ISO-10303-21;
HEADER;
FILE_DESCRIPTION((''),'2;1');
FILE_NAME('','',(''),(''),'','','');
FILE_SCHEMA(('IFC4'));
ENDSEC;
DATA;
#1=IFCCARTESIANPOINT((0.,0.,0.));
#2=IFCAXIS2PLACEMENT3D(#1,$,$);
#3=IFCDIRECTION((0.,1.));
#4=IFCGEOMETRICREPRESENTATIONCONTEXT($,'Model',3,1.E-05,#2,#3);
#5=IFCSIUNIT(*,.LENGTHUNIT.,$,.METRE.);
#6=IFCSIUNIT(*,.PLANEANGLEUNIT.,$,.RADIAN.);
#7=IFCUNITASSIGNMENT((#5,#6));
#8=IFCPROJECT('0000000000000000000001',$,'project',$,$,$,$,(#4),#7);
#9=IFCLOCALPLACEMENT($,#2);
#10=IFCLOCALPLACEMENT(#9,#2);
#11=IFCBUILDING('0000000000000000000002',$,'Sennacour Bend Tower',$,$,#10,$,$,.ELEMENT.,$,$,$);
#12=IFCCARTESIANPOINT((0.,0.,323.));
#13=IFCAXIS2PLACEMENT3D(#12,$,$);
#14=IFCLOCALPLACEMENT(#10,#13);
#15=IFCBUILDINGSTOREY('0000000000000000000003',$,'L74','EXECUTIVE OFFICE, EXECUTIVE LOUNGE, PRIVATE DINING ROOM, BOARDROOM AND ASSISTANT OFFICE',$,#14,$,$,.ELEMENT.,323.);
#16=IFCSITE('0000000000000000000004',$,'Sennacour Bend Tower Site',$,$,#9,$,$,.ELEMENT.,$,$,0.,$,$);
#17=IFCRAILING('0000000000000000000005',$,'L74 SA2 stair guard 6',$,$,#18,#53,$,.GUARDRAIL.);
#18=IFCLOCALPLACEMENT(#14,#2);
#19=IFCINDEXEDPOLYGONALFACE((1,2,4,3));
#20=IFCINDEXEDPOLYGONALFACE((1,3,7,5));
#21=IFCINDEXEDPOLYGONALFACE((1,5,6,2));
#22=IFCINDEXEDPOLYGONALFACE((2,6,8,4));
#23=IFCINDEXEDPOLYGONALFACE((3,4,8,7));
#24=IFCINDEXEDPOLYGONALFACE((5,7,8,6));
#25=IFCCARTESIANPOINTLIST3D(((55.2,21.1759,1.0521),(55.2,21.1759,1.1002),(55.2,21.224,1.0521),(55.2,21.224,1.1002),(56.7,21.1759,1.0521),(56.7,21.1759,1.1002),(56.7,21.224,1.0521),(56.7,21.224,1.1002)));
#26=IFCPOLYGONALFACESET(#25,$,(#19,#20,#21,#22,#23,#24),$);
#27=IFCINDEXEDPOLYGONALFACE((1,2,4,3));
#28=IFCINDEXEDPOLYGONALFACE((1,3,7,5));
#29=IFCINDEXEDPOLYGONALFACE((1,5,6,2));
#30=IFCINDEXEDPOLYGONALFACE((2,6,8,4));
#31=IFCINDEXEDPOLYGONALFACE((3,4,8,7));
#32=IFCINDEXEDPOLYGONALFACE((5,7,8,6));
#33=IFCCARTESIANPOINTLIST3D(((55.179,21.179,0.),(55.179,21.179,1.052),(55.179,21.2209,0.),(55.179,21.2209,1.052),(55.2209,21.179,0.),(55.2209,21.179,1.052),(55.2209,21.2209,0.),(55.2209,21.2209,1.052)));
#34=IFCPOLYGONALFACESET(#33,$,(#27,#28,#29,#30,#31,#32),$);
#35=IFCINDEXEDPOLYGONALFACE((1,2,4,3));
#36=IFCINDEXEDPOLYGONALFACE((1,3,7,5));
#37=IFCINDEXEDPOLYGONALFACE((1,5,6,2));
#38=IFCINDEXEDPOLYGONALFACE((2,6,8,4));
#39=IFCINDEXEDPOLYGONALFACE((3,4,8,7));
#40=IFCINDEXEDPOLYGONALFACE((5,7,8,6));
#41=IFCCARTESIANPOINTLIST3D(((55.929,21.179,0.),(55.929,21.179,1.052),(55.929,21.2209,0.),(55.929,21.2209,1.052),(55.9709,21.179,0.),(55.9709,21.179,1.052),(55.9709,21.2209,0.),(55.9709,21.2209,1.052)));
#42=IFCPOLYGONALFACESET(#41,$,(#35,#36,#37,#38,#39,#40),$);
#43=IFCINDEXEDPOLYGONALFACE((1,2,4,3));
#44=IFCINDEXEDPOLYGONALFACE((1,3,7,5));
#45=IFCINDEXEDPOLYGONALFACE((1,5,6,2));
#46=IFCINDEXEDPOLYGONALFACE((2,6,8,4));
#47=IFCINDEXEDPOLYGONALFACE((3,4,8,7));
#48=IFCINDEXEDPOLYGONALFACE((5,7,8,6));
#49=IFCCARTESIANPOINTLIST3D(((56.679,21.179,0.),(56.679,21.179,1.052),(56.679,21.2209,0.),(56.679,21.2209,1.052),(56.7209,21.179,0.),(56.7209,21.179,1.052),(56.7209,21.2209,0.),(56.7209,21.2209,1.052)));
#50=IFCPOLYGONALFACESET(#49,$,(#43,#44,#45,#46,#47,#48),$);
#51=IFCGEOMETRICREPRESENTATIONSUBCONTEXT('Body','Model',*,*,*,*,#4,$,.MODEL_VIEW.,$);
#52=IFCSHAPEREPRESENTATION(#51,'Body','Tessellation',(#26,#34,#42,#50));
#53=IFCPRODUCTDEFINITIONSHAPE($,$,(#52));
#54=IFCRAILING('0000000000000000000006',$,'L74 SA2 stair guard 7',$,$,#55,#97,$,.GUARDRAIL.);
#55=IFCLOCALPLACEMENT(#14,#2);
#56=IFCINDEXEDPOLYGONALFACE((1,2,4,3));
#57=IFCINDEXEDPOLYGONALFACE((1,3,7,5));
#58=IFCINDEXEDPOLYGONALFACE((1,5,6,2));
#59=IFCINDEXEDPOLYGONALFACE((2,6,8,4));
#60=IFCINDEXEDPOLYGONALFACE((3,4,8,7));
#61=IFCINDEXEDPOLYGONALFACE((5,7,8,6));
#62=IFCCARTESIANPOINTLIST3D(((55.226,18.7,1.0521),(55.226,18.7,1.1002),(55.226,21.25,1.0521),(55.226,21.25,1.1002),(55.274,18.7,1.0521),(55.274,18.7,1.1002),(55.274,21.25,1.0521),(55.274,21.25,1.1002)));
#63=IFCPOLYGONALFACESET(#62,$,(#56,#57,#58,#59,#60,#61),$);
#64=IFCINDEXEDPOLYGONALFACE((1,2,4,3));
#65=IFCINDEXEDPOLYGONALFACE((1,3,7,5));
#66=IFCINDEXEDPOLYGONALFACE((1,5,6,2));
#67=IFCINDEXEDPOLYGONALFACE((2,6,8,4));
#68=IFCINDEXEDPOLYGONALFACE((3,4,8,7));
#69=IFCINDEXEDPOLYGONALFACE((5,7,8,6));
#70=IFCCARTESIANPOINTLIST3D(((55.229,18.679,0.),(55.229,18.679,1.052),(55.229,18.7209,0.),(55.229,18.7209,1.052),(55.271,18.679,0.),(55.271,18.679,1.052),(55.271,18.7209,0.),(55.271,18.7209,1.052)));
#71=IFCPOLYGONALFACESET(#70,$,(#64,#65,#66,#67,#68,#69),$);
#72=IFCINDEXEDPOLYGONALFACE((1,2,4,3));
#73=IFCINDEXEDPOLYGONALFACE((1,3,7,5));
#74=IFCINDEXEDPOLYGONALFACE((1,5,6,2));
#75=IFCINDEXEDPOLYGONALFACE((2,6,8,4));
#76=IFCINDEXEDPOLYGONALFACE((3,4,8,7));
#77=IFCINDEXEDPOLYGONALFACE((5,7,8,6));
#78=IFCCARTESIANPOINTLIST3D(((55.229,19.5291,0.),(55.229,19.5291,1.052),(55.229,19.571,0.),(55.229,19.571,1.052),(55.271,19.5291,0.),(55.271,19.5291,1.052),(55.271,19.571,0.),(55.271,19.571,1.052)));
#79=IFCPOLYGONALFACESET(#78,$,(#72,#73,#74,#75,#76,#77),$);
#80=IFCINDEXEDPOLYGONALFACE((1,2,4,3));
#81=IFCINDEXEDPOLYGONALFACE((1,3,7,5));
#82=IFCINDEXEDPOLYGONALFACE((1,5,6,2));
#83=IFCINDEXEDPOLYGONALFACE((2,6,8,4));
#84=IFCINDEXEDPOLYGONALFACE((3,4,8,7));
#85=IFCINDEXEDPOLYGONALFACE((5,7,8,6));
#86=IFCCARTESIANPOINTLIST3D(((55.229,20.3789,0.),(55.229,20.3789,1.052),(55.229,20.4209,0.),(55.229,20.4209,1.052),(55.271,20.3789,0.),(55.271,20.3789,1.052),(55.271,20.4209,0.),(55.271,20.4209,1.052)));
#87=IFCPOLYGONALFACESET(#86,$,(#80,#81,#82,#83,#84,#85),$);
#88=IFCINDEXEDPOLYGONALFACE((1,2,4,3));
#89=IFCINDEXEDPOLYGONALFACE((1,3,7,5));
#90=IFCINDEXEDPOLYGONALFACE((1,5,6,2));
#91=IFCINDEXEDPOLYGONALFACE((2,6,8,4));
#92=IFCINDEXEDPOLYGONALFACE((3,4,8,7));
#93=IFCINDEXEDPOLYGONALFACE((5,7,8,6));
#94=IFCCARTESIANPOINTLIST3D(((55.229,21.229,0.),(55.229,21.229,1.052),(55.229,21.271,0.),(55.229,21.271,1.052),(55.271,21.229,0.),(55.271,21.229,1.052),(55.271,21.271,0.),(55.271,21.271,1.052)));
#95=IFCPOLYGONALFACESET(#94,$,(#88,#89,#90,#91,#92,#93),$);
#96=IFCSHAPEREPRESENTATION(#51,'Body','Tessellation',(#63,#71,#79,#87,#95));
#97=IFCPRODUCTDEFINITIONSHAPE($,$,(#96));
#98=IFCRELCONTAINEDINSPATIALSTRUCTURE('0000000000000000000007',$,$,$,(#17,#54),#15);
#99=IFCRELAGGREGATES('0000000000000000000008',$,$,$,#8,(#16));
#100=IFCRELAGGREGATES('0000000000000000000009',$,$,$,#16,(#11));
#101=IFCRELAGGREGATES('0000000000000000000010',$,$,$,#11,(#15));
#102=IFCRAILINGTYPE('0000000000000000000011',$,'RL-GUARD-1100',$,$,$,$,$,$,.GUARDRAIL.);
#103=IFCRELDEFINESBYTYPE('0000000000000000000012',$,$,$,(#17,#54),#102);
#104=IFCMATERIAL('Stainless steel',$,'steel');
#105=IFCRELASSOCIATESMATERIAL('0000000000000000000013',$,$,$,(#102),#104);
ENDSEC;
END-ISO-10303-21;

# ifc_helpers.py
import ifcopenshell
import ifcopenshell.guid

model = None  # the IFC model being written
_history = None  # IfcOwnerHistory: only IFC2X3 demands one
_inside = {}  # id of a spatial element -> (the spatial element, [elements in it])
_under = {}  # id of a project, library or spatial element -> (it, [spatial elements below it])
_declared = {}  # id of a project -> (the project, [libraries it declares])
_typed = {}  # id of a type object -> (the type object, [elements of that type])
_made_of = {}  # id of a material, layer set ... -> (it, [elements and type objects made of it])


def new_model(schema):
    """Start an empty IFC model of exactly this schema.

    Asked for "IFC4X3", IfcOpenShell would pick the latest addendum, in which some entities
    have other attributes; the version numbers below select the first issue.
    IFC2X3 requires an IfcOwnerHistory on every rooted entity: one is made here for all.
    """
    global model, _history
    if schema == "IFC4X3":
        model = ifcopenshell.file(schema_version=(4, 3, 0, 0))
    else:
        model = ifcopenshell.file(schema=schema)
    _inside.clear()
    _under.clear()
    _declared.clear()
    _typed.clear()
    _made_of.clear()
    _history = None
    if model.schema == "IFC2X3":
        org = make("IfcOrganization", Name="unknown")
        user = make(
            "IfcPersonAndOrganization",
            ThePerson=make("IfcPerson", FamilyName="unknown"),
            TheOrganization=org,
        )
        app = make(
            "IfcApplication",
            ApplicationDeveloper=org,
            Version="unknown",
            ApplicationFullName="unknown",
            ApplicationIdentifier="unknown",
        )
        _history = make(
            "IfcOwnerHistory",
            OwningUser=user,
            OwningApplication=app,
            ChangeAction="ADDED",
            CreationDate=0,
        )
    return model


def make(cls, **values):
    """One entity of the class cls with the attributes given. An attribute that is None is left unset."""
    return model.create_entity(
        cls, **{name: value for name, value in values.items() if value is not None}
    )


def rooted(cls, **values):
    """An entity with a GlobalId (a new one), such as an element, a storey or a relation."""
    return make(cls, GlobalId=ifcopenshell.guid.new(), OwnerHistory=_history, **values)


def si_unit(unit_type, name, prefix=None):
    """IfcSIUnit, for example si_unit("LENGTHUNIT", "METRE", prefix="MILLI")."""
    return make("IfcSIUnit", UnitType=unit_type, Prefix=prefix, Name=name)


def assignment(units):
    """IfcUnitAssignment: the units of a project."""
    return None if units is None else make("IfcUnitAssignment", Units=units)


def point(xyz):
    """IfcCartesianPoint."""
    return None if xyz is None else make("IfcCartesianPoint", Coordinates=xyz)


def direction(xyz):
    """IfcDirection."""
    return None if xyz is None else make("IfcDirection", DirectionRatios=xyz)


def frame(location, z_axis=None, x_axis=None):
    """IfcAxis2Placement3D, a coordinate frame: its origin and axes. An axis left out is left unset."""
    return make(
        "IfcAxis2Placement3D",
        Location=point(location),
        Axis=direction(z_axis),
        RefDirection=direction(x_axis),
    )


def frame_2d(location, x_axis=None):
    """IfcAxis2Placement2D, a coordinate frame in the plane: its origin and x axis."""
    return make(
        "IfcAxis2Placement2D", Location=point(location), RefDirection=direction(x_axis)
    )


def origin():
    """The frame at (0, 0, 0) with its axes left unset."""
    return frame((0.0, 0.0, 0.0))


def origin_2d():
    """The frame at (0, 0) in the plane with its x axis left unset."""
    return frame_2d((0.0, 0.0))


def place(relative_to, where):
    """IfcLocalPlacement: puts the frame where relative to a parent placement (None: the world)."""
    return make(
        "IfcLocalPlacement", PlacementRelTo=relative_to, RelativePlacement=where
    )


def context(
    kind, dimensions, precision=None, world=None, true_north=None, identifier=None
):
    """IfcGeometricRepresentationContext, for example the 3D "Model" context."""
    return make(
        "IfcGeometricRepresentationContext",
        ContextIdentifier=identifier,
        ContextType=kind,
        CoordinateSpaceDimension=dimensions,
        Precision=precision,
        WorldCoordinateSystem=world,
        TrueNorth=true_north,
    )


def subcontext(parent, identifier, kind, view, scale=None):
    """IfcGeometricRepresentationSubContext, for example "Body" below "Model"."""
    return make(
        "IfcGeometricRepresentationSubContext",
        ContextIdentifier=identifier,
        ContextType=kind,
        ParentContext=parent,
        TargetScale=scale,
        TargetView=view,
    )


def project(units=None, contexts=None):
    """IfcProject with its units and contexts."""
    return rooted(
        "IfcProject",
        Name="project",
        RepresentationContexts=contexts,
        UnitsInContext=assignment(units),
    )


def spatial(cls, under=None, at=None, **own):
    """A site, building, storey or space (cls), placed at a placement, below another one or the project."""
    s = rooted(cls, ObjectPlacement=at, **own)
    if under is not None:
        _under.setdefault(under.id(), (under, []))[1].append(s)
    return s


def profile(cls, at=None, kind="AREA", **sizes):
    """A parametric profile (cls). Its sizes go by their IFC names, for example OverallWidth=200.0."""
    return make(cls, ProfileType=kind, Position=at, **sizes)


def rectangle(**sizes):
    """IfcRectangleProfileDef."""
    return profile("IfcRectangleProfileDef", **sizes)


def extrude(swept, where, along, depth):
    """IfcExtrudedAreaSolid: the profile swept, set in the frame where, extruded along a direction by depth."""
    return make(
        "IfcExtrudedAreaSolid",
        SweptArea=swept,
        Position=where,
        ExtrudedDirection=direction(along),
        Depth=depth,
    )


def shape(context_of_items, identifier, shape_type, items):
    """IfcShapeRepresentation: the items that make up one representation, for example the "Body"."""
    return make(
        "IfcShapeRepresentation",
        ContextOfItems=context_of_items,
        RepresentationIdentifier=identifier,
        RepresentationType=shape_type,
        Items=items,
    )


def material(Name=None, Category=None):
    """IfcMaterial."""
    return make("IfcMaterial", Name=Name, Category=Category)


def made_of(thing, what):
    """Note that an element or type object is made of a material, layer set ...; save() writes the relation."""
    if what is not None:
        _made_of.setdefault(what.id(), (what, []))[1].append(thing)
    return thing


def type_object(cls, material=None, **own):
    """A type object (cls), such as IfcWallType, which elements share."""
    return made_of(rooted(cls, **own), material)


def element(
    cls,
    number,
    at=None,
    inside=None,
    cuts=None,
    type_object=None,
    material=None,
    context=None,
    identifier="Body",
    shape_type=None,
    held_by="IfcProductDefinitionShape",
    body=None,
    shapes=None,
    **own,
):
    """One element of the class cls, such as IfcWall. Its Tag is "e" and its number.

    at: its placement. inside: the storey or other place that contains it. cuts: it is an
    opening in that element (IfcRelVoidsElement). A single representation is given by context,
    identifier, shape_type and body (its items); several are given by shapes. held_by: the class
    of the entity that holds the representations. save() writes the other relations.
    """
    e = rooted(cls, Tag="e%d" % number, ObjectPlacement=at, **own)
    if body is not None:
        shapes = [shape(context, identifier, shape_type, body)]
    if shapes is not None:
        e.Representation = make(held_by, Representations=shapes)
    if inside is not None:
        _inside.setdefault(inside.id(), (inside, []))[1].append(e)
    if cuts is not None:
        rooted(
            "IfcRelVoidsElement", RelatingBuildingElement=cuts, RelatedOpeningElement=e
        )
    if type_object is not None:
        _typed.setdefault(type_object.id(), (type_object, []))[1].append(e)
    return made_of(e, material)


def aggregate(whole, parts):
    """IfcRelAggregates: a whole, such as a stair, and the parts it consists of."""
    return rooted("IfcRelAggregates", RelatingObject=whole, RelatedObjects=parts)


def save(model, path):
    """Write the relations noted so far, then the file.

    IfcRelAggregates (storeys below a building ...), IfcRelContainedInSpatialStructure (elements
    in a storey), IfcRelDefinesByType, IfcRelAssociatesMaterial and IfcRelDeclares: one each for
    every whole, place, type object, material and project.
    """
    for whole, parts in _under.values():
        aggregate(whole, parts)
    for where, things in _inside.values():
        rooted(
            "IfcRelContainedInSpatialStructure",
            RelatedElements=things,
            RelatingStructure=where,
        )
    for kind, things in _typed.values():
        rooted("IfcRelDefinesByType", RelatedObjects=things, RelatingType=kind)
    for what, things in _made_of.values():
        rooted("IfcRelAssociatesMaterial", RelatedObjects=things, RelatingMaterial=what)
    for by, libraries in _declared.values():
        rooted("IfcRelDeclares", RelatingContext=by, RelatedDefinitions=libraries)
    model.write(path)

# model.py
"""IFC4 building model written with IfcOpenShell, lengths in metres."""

from ifc_helpers import new_model, si_unit, direction, frame, origin, origin_2d, place, context, subcontext, project, spatial, rectangle, extrude, material, type_object, element, save


model = new_model("IFC4")

# Units and contexts
model_context = context("Model", 3, precision=1e-05, world=origin(), true_north=direction((0.0, 1.0)))
body_context = subcontext(model_context, "Body", "Model", "MODEL_VIEW")
ifc_project = project(units=[si_unit("LENGTHUNIT", "METRE"), si_unit("PLANEANGLEUNIT", "RADIAN")], contexts=[model_context])

# Site, building, storey
site_placement = place(None, origin())
site = spatial("IfcSite", under=ifc_project, at=site_placement, Name="Sennacour Bend Tower Site", CompositionType="ELEMENT", RefElevation=0.0)
building_placement = place(site_placement, origin())
building = spatial("IfcBuilding", under=site, at=building_placement, Name="Sennacour Bend Tower", CompositionType="ELEMENT")
storey_placement = place(building_placement, frame((0.0, 0.0, 323.0)))
storey = spatial("IfcBuildingStorey", under=building, at=storey_placement, Name="L74", Description="EXECUTIVE OFFICE, EXECUTIVE LOUNGE, PRIVATE DINING ROOM, BOARDROOM AND ASSISTANT OFFICE", CompositionType="ELEMENT", Elevation=323.0)

# Shared definitions
ifc_material_1 = material(Name="Stainless steel", Category="steel")

# Railings
railing_type = type_object("IfcRailingType", Name="RL-GUARD-1100", PredefinedType="GUARDRAIL", material=ifc_material_1)
railing_1_placement = place(storey_placement, frame((55.2, 21.2, 0.0)))
element("IfcRailing", 1, at=railing_1_placement, inside=storey, type_object=railing_type, Name="L74 SA2 stair guard 6", PredefinedType="GUARDRAIL", context=body_context, shape_type="SweptSolid", body=[
    extrude(rectangle(XDim=0.0481, YDim=0.0481, at=origin_2d()), frame((0.0, 0.0, 1.0762), z_axis=(1.0, 0.0, 0.0), x_axis=(0.0, 1.0, 0.0)), (0.0, 0.0, 1.0), 1.5),
    extrude(rectangle(XDim=0.042, YDim=0.042, at=origin_2d()), origin(), (0.0, 0.0, 1.0), 1.052),
    extrude(rectangle(XDim=0.042, YDim=0.042, at=origin_2d()), frame((0.75, 0.0, 0.0)), (0.0, 0.0, 1.0), 1.052),
    extrude(rectangle(XDim=0.042, YDim=0.042, at=origin_2d()), frame((1.5, 0.0, 0.0)), (0.0, 0.0, 1.0), 1.052),
])
railing_2_placement = place(storey_placement, frame((55.25, 18.7, 0.0)))
element("IfcRailing", 2, at=railing_2_placement, inside=storey, type_object=railing_type, Name="L74 SA2 stair guard 7", PredefinedType="GUARDRAIL", context=body_context, shape_type="SweptSolid", body=[
    extrude(rectangle(XDim=0.0481, YDim=0.0481, at=origin_2d()), frame((0.0, 0.0, 1.0762), z_axis=(0.0, 1.0, 0.0), x_axis=(-1.0, 0.0, 0.0)), (0.0, 0.0, 1.0), 2.55),
    extrude(rectangle(XDim=0.042, YDim=0.042, at=origin_2d()), origin(), (0.0, 0.0, 1.0), 1.052),
    extrude(rectangle(XDim=0.042, YDim=0.042, at=origin_2d()), frame((0.0, 0.8501, 0.0)), (0.0, 0.0, 1.0), 1.052),
    extrude(rectangle(XDim=0.042, YDim=0.042, at=origin_2d()), frame((0.0, 1.7, 0.0)), (0.0, 0.0, 1.0), 1.052),
    extrude(rectangle(XDim=0.042, YDim=0.042, at=origin_2d()), frame((0.0, 2.55, 0.0)), (0.0, 0.0, 1.0), 1.052),
])

save(model, "model.ifc")
